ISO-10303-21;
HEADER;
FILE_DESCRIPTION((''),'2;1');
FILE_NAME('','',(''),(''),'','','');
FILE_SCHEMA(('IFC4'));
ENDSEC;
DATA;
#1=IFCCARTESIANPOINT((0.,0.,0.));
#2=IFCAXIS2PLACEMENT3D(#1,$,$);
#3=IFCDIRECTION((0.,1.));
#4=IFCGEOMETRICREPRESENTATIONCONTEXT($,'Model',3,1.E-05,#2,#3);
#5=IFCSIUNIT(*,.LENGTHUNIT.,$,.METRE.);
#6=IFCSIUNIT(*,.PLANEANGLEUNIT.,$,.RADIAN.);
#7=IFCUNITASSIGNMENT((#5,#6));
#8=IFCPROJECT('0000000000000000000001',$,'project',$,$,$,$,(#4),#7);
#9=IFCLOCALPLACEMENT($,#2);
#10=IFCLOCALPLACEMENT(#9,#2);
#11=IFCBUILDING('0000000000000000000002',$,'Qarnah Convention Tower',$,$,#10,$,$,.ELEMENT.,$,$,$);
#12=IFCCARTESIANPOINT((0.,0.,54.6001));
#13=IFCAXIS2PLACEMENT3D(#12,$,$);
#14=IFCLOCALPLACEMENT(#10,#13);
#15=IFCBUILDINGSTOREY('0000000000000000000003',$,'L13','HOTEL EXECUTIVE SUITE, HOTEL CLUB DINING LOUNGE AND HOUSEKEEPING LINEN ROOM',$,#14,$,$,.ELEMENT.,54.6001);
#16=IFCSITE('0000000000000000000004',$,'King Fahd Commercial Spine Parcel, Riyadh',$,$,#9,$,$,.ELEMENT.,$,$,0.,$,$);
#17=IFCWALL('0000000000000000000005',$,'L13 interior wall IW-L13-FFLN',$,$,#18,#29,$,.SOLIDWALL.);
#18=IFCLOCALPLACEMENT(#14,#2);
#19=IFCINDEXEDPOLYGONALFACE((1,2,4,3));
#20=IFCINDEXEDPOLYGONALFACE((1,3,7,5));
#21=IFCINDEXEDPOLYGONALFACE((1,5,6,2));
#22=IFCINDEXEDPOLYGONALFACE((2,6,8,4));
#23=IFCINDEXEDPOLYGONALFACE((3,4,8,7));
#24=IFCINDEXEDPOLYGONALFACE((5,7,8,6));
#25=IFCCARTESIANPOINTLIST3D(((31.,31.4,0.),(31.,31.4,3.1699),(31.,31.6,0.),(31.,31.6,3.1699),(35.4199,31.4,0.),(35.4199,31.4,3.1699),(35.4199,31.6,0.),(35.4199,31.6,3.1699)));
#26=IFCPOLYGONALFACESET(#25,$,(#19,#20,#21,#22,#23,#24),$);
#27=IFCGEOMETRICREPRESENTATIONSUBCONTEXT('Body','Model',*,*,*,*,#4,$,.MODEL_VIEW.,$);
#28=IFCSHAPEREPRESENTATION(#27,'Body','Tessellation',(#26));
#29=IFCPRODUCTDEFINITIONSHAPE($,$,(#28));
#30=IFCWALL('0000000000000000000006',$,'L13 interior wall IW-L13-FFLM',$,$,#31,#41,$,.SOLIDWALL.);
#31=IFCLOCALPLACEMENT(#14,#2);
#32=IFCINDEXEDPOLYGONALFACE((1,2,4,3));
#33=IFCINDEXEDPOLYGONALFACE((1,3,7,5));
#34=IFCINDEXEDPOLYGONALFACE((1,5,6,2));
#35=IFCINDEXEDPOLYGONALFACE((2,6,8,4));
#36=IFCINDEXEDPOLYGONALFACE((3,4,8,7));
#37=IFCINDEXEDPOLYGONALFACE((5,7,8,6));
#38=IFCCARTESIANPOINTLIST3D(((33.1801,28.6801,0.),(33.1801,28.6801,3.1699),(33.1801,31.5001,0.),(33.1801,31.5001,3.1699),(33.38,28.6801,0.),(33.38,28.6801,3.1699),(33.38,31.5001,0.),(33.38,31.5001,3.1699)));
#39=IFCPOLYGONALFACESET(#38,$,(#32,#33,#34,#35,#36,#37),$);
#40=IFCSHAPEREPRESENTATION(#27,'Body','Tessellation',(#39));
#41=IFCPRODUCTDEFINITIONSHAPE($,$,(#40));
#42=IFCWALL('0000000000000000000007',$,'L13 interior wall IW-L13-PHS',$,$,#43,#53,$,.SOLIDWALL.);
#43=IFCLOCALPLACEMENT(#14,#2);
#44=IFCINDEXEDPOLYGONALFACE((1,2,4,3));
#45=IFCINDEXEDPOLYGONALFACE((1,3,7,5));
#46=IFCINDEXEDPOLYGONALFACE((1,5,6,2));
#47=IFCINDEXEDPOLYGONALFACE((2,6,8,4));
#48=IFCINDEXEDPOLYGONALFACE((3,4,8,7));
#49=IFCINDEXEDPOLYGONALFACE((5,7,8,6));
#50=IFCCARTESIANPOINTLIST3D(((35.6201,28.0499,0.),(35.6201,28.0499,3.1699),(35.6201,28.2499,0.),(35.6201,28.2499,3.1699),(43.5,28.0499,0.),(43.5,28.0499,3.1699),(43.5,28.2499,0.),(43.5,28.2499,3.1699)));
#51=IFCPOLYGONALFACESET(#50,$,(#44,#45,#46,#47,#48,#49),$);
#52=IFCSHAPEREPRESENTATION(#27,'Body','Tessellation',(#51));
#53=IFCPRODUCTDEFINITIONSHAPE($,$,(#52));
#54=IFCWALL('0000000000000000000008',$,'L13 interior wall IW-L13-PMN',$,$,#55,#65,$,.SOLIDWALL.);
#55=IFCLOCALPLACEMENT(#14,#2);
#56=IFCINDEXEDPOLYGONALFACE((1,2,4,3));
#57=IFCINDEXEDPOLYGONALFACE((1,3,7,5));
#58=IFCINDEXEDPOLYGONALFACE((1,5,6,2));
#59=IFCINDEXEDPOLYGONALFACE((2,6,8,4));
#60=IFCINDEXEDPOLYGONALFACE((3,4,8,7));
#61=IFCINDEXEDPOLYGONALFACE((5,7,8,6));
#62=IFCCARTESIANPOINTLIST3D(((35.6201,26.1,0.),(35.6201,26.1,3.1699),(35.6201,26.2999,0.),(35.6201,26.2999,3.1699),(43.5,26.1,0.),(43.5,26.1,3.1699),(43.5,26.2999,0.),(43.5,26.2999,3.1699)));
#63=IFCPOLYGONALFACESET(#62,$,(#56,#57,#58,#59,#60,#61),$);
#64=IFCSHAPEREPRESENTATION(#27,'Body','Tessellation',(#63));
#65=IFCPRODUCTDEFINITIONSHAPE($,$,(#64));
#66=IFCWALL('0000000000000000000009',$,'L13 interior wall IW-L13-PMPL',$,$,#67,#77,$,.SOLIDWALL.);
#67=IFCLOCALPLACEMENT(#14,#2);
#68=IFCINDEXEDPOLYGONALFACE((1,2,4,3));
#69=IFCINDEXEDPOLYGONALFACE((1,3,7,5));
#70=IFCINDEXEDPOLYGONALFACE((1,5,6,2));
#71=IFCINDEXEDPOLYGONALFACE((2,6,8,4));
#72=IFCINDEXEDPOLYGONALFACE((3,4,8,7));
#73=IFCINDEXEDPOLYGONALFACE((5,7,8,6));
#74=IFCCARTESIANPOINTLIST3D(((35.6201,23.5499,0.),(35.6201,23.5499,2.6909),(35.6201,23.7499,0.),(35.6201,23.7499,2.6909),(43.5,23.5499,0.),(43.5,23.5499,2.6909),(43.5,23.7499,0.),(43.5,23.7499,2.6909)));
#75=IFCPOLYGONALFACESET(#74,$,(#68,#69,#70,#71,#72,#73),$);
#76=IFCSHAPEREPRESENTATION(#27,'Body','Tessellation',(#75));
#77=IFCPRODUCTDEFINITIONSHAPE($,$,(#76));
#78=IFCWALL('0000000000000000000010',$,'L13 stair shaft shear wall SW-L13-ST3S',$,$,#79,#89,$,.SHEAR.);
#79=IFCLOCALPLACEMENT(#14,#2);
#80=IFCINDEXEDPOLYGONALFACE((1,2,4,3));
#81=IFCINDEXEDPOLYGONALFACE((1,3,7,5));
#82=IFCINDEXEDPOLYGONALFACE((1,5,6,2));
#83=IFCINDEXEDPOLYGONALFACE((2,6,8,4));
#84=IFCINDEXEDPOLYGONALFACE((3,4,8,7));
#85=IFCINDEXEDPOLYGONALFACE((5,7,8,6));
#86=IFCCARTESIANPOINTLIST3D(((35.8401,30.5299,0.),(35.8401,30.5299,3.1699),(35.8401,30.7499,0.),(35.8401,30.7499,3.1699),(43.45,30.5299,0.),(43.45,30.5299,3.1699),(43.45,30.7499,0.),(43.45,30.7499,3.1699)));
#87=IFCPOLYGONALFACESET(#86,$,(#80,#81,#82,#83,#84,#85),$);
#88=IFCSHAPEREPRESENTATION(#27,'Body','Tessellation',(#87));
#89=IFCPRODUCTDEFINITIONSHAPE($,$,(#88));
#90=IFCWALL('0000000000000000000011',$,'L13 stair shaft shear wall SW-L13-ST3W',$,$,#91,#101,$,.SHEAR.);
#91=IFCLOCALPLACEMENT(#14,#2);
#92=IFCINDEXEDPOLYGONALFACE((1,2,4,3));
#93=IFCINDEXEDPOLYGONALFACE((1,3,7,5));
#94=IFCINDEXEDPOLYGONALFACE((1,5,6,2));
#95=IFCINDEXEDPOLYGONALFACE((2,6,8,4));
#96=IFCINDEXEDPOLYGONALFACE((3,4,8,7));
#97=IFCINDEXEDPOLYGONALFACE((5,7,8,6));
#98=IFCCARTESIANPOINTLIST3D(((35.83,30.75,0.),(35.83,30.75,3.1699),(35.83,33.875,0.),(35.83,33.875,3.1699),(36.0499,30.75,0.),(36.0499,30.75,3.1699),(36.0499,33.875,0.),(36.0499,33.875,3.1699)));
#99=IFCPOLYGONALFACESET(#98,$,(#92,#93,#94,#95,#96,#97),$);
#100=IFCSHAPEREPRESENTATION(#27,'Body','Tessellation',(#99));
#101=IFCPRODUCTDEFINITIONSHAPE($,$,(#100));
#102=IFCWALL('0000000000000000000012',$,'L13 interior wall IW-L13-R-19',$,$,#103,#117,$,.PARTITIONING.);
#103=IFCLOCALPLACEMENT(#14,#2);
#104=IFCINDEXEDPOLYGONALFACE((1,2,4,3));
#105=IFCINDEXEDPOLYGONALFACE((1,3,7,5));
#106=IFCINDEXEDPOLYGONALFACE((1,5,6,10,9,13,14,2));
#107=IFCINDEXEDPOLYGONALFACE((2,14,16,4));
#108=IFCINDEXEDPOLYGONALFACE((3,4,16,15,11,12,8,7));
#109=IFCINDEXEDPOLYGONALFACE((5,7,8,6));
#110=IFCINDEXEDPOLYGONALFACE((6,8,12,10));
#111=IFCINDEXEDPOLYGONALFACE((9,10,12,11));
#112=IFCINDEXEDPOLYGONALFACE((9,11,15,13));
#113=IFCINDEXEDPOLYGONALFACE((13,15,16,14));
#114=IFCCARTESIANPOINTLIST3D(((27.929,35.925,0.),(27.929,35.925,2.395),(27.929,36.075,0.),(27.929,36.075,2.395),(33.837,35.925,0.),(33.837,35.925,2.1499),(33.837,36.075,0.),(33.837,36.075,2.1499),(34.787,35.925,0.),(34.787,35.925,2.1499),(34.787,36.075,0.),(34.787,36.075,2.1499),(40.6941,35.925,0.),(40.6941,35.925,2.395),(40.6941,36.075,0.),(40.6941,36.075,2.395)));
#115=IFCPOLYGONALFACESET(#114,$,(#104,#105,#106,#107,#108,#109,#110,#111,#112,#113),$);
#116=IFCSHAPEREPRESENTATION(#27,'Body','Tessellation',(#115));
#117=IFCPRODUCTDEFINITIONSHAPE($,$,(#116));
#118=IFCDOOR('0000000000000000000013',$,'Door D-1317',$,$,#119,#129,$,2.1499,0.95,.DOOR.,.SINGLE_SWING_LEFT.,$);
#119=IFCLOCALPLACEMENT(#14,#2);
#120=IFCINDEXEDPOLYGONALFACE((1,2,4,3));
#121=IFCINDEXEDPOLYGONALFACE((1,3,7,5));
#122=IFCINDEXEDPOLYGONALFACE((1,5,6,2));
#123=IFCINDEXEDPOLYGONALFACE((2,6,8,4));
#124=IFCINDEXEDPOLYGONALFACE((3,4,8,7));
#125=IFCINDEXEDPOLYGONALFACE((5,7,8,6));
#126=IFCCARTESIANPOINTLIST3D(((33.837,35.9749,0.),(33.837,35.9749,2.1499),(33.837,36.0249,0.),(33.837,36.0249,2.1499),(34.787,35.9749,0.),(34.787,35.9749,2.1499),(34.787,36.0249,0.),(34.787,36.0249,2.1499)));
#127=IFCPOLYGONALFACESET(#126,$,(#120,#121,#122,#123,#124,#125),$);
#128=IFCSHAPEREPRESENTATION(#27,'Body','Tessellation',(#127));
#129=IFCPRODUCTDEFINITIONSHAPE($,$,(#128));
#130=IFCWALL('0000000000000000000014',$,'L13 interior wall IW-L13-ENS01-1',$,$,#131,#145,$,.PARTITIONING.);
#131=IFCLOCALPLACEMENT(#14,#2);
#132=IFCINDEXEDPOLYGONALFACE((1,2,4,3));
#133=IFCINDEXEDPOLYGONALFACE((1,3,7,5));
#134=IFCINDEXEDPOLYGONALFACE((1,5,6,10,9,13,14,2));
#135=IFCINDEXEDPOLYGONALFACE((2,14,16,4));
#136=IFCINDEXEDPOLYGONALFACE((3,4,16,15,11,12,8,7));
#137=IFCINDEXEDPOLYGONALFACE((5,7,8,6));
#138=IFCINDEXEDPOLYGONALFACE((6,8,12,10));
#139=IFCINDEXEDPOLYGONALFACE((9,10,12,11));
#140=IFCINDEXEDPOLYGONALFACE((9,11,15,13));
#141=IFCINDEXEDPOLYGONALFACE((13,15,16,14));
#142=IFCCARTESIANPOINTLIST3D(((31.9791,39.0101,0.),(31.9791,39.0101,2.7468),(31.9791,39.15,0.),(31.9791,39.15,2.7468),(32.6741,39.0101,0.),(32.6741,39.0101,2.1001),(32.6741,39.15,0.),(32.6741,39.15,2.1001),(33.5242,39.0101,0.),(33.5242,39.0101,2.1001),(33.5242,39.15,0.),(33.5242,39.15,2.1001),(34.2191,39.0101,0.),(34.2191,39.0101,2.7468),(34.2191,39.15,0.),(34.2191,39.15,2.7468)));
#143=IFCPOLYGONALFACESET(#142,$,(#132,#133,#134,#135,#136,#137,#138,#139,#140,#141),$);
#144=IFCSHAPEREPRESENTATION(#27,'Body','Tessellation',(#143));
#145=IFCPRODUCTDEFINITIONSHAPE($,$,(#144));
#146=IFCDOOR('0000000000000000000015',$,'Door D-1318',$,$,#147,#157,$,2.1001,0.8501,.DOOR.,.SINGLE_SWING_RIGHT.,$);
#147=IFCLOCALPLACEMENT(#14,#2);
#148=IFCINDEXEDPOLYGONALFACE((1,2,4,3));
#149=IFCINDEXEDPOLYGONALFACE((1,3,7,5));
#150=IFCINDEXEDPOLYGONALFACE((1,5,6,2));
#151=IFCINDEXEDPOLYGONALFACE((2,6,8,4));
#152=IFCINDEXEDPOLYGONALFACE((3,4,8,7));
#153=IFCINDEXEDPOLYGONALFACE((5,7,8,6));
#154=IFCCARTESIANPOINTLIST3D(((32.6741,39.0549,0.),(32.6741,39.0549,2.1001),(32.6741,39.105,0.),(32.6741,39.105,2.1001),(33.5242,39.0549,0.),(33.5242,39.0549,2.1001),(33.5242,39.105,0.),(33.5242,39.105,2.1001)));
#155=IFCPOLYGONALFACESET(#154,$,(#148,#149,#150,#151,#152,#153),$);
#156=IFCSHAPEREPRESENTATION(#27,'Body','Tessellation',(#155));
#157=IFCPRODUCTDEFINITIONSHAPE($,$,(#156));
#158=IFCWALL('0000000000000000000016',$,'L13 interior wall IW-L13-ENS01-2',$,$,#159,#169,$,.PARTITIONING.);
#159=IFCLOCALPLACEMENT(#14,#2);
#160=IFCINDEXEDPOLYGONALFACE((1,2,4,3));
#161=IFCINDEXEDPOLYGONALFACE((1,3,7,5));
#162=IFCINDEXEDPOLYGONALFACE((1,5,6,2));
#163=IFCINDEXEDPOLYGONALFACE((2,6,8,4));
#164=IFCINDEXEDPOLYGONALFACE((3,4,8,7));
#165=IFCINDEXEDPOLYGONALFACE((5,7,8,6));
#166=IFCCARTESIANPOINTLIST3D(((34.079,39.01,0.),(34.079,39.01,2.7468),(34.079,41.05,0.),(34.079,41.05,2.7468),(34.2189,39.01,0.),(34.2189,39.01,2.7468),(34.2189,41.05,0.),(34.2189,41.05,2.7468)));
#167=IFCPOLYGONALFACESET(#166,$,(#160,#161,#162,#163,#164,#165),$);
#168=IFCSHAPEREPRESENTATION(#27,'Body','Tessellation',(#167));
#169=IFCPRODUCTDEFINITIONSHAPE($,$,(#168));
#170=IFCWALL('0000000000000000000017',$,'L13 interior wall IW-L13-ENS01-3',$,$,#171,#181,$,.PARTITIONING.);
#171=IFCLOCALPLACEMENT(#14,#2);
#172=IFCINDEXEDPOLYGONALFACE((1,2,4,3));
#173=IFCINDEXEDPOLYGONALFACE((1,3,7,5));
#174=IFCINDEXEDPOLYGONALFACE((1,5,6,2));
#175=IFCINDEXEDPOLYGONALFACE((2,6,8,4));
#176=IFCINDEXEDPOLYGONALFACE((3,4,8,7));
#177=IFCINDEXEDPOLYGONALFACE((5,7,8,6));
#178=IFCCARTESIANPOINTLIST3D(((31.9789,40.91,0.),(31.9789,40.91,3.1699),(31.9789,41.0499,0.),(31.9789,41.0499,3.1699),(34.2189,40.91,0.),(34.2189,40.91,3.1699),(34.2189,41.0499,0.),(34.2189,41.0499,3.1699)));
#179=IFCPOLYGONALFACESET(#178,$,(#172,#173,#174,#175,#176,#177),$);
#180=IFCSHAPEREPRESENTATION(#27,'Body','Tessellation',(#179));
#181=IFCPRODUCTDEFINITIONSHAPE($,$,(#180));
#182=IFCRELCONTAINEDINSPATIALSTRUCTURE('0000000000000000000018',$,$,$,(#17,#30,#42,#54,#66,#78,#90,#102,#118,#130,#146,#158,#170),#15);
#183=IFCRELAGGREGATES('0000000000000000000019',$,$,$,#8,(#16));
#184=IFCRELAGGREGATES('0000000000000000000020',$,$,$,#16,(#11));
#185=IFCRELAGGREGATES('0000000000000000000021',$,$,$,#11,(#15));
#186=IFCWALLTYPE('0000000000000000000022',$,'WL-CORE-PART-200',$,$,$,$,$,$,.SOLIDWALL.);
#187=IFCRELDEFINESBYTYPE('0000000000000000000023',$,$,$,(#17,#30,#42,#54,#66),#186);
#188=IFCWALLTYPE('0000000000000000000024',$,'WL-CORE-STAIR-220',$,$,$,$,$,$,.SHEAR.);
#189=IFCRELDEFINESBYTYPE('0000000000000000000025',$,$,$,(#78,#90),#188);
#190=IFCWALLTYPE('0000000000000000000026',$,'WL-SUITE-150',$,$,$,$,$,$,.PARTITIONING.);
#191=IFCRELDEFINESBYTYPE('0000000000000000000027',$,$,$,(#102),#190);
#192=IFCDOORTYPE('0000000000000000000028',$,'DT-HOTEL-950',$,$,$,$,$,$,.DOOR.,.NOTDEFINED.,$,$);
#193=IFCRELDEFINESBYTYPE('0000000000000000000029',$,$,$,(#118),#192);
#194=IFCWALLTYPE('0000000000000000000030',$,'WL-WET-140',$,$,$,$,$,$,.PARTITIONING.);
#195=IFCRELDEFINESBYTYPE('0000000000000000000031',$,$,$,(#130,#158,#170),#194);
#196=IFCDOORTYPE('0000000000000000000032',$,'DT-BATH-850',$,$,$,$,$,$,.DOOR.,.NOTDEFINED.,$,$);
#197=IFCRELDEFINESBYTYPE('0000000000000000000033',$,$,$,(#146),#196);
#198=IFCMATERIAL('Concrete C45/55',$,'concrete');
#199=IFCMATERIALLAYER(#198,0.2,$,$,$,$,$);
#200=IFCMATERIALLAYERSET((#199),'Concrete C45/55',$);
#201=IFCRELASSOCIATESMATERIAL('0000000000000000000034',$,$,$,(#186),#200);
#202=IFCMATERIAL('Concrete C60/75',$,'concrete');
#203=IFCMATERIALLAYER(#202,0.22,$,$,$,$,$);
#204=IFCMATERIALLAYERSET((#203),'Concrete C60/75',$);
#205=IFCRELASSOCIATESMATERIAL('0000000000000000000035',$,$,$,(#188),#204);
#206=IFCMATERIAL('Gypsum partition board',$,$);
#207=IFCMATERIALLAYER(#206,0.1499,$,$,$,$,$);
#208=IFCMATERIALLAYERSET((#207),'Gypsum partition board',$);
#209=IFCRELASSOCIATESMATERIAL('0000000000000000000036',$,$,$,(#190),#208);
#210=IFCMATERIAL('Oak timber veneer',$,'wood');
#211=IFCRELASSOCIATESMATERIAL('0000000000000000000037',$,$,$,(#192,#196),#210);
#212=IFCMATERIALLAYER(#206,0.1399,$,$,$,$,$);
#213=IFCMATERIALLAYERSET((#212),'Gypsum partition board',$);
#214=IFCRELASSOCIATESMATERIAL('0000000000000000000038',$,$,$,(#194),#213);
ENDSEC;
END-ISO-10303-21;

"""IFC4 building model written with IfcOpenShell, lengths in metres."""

from ifc_helpers import new_model, si_unit, direction, frame, frame_2d, origin, place, context, subcontext, project, spatial, rectangle, extrude, material, layer, layer_set, type_object, element, fill, save


model = new_model("IFC4")

# Units and contexts
model_context = context("Model", 3, precision=1e-05, world=origin(), true_north=direction((0.0, 1.0)))
body_context = subcontext(model_context, "Body", "Model", "MODEL_VIEW")
ifc_project = project(units=[si_unit("LENGTHUNIT", "METRE"), si_unit("PLANEANGLEUNIT", "RADIAN")], contexts=[model_context])

# Site, building, storey
site_placement = place(None, origin())
site = spatial("IfcSite", under=ifc_project, at=site_placement, Name="King Fahd Commercial Spine Parcel, Riyadh", CompositionType="ELEMENT", RefElevation=0.0)
building_placement = place(site_placement, origin())
building = spatial("IfcBuilding", under=site, at=building_placement, Name="Qarnah Convention Tower", CompositionType="ELEMENT")
storey_placement = place(building_placement, frame((0.0, 0.0, 54.6001)))
storey = spatial("IfcBuildingStorey", under=building, at=storey_placement, Name="L13", Description="HOTEL EXECUTIVE SUITE, HOTEL CLUB DINING LOUNGE AND HOUSEKEEPING LINEN ROOM", CompositionType="ELEMENT", Elevation=54.6001)

# Shared definitions
ifc_material_1 = material(Name="Concrete C45/55", Category="concrete")
ifc_layer_1 = layer(ifc_material_1, 0.2)
ifc_layer_set_1 = layer_set([ifc_layer_1], Name="Concrete C45/55")
wall_type_1 = type_object("IfcWallType", Name="WL-CORE-PART-200", PredefinedType="SOLIDWALL", material=ifc_layer_set_1)

# Walls
wall_1_placement = place(storey_placement, frame((31.0, 31.5, 0.0), z_axis=(0.0, 0.0, 1.0), x_axis=(1.0, 0.0, 0.0)))
element("IfcWall", 1, at=wall_1_placement, inside=storey, type_object=wall_type_1, Name="L13 interior wall IW-L13-FFLN", PredefinedType="SOLIDWALL", context=body_context, shape_type="SweptSolid", body=[
    extrude(rectangle(XDim=4.4199, YDim=0.2, at=frame_2d((2.21, 0.0))), origin(), (0.0, 0.0, 1.0), 3.1699),
])
wall_2_placement = place(storey_placement, frame((33.28, 28.6799, 0.0), z_axis=(0.0, 0.0, 1.0), x_axis=(0.0, 1.0, 0.0)))
element("IfcWall", 2, at=wall_2_placement, inside=storey, type_object=wall_type_1, Name="L13 interior wall IW-L13-FFLM", PredefinedType="SOLIDWALL", context=body_context, shape_type="SweptSolid", body=[
    extrude(rectangle(XDim=2.8201, YDim=0.2, at=frame_2d((1.4102, 0.0))), origin(), (0.0, 0.0, 1.0), 3.1699),
])

# Walls
for number, where, z_axis, x_axis, name in (
    (3, (35.6201, 28.1499, 0.0), (0.0, 0.0, 1.0), (1.0, 0.0, 0.0), "L13 interior wall IW-L13-PHS"),
    (4, (35.6201, 26.2, 0.0), (0.0, 0.0, 1.0), (1.0, 0.0, 0.0), "L13 interior wall IW-L13-PMN"),
):
    element("IfcWall", number, at=place(storey_placement, frame(where, z_axis=z_axis, x_axis=x_axis)), inside=storey, type_object=wall_type_1, Name=name, PredefinedType="SOLIDWALL", context=body_context, shape_type="SweptSolid", body=[
        extrude(rectangle(XDim=7.8799, YDim=0.2, at=frame_2d((3.9399, 0.0))), origin(), (0.0, 0.0, 1.0), 3.1699),
    ])
wall_3_placement = place(storey_placement, frame((35.6201, 23.6499, 0.0), z_axis=(0.0, 0.0, 1.0), x_axis=(1.0, 0.0, 0.0)))
element("IfcWall", 5, at=wall_3_placement, inside=storey, type_object=wall_type_1, Name="L13 interior wall IW-L13-PMPL", PredefinedType="SOLIDWALL", context=body_context, shape_type="SweptSolid", body=[
    extrude(rectangle(XDim=7.8799, YDim=0.2, at=frame_2d((3.9399, 0.0))), origin(), (0.0, 0.0, 1.0), 2.6909),
])
ifc_material_2 = material(Name="Concrete C60/75", Category="concrete")
ifc_layer_2 = layer(ifc_material_2, 0.22)
ifc_layer_set_2 = layer_set([ifc_layer_2], Name="Concrete C60/75")
wall_type_2 = type_object("IfcWallType", Name="WL-CORE-STAIR-220", PredefinedType="SHEAR", material=ifc_layer_set_2)
wall_4_placement = place(storey_placement, frame((35.8401, 30.6399, 0.0), z_axis=(0.0, 0.0, 1.0), x_axis=(1.0, 0.0, 0.0)))
element("IfcWall", 6, at=wall_4_placement, inside=storey, type_object=wall_type_2, Name="L13 stair shaft shear wall SW-L13-ST3S", PredefinedType="SHEAR", context=body_context, shape_type="SweptSolid", body=[
    extrude(rectangle(XDim=7.6099, YDim=0.22, at=frame_2d((3.8049, 0.0))), origin(), (0.0, 0.0, 1.0), 3.1699),
])
wall_5_placement = place(storey_placement, frame((35.9399, 30.75, 0.0), z_axis=(0.0, 0.0, 1.0), x_axis=(0.0, 1.0, 0.0)))
element("IfcWall", 7, at=wall_5_placement, inside=storey, type_object=wall_type_2, Name="L13 stair shaft shear wall SW-L13-ST3W", PredefinedType="SHEAR", context=body_context, shape_type="SweptSolid", body=[
    extrude(rectangle(XDim=3.125, YDim=0.22, at=frame_2d((1.5625, 0.0))), origin(), (0.0, 0.0, 1.0), 3.1699),
])

# Walls, openings, doors
ifc_material_3 = material(Name="Gypsum partition board")
ifc_layer_3 = layer(ifc_material_3, 0.1499)
ifc_layer_set_3 = layer_set([ifc_layer_3], Name="Gypsum partition board")
wall_type_3 = type_object("IfcWallType", Name="WL-SUITE-150", PredefinedType="PARTITIONING", material=ifc_layer_set_3)
wall_6_placement = place(storey_placement, frame((27.929, 36.0, 0.0), z_axis=(0.0, 0.0, 1.0), x_axis=(1.0, 0.0, 0.0)))
wall_6 = element("IfcWall", 8, at=wall_6_placement, inside=storey, type_object=wall_type_3, Name="L13 interior wall IW-L13-R-19", PredefinedType="PARTITIONING", context=body_context, shape_type="SweptSolid", body=[
    extrude(rectangle(XDim=12.7651, YDim=0.1499, at=frame_2d((6.3826, 0.0))), origin(), (0.0, 0.0, 1.0), 2.395),
])
opening_1_placement = place(wall_6_placement, frame((5.908, 0.0, 0.0)))
opening_1 = element("IfcOpeningElement", 9, at=opening_1_placement, cuts=wall_6, PredefinedType="OPENING", context=body_context, shape_type="SweptSolid", body=[
    extrude(rectangle(XDim=0.95, YDim=2.1499, at=frame_2d((0.4751, 1.075))), frame((0.0, 0.085, 0.0), z_axis=(0.0, -1.0, 0.0), x_axis=(1.0, 0.0, 0.0)), (0.0, 0.0, 1.0), 0.1699),
])
ifc_material_4 = material(Name="Oak timber veneer", Category="wood")
door_type_1 = type_object("IfcDoorType", Name="DT-HOTEL-950", OperationType="NOTDEFINED", PredefinedType="DOOR", material=ifc_material_4)
door_1_placement = place(opening_1_placement, origin())
door_1 = element("IfcDoor", 10, at=door_1_placement, inside=storey, type_object=door_type_1, Name="Door D-1317", OperationType="SINGLE_SWING_LEFT", OverallHeight=2.1499, OverallWidth=0.95, PredefinedType="DOOR", context=body_context, shape_type="SweptSolid", body=[
    extrude(rectangle(XDim=0.95, YDim=2.1499, at=frame_2d((0.4751, 1.075))), frame((0.0, 0.0249, 0.0), z_axis=(0.0, -1.0, 0.0), x_axis=(1.0, 0.0, 0.0)), (0.0, 0.0, 1.0), 0.05),
])
fill(opening_1, door_1)
ifc_layer_4 = layer(ifc_material_3, 0.1399)
ifc_layer_set_4 = layer_set([ifc_layer_4], Name="Gypsum partition board")
wall_type_4 = type_object("IfcWallType", Name="WL-WET-140", PredefinedType="PARTITIONING", material=ifc_layer_set_4)
wall_7_placement = place(storey_placement, frame((31.979, 39.0801, 0.0), z_axis=(0.0, 0.0, 1.0), x_axis=(1.0, 0.0, 0.0)))
wall_7 = element("IfcWall", 11, at=wall_7_placement, inside=storey, type_object=wall_type_4, Name="L13 interior wall IW-L13-ENS01-1", PredefinedType="PARTITIONING", context=body_context, shape_type="SweptSolid", body=[
    extrude(rectangle(XDim=2.24, YDim=0.1399, at=frame_2d((1.1201, 0.0))), origin(), (0.0, 0.0, 1.0), 2.7468),
])
opening_2_placement = place(wall_7_placement, frame((0.6951, 0.0, 0.0)))
opening_2 = element("IfcOpeningElement", 12, at=opening_2_placement, cuts=wall_7, PredefinedType="OPENING", context=body_context, shape_type="SweptSolid", body=[
    extrude(rectangle(XDim=0.8501, YDim=2.1001, at=frame_2d((0.425, 1.05))), frame((0.0, 0.0798, 0.0), z_axis=(0.0, -1.0, 0.0), x_axis=(1.0, 0.0, 0.0)), (0.0, 0.0, 1.0), 0.1599),
])
door_type_2 = type_object("IfcDoorType", Name="DT-BATH-850", OperationType="NOTDEFINED", PredefinedType="DOOR", material=ifc_material_4)
door_2_placement = place(opening_2_placement, origin())
door_2 = element("IfcDoor", 13, at=door_2_placement, inside=storey, type_object=door_type_2, Name="Door D-1318", OperationType="SINGLE_SWING_RIGHT", OverallHeight=2.1001, OverallWidth=0.8501, PredefinedType="DOOR", context=body_context, shape_type="SweptSolid", body=[
    extrude(rectangle(XDim=0.8501, YDim=2.1001, at=frame_2d((0.425, 1.05))), frame((0.0, 0.0249, 0.0), z_axis=(0.0, -1.0, 0.0), x_axis=(1.0, 0.0, 0.0)), (0.0, 0.0, 1.0), 0.05),
])
fill(opening_2, door_2)

# Walls
wall_8_placement = place(storey_placement, frame((34.1489, 39.01, 0.0), z_axis=(0.0, 0.0, 1.0), x_axis=(0.0, 1.0, 0.0)))
element("IfcWall", 14, at=wall_8_placement, inside=storey, type_object=wall_type_4, Name="L13 interior wall IW-L13-ENS01-2", PredefinedType="PARTITIONING", context=body_context, shape_type="SweptSolid", body=[
    extrude(rectangle(XDim=2.04, YDim=0.1399, at=frame_2d((1.02, 0.0))), origin(), (0.0, 0.0, 1.0), 2.7468),
])
wall_9_placement = place(storey_placement, frame((34.219, 40.98, 0.0), z_axis=(0.0, 0.0, 1.0), x_axis=(-1.0, 0.0, 0.0)))
element("IfcWall", 15, at=wall_9_placement, inside=storey, type_object=wall_type_4, Name="L13 interior wall IW-L13-ENS01-3", PredefinedType="PARTITIONING", context=body_context, shape_type="SweptSolid", body=[
    extrude(rectangle(XDim=2.24, YDim=0.1399, at=frame_2d((1.1201, 0.0))), origin(), (0.0, 0.0, 1.0), 3.1699),
])

save(model, "model.ifc")
